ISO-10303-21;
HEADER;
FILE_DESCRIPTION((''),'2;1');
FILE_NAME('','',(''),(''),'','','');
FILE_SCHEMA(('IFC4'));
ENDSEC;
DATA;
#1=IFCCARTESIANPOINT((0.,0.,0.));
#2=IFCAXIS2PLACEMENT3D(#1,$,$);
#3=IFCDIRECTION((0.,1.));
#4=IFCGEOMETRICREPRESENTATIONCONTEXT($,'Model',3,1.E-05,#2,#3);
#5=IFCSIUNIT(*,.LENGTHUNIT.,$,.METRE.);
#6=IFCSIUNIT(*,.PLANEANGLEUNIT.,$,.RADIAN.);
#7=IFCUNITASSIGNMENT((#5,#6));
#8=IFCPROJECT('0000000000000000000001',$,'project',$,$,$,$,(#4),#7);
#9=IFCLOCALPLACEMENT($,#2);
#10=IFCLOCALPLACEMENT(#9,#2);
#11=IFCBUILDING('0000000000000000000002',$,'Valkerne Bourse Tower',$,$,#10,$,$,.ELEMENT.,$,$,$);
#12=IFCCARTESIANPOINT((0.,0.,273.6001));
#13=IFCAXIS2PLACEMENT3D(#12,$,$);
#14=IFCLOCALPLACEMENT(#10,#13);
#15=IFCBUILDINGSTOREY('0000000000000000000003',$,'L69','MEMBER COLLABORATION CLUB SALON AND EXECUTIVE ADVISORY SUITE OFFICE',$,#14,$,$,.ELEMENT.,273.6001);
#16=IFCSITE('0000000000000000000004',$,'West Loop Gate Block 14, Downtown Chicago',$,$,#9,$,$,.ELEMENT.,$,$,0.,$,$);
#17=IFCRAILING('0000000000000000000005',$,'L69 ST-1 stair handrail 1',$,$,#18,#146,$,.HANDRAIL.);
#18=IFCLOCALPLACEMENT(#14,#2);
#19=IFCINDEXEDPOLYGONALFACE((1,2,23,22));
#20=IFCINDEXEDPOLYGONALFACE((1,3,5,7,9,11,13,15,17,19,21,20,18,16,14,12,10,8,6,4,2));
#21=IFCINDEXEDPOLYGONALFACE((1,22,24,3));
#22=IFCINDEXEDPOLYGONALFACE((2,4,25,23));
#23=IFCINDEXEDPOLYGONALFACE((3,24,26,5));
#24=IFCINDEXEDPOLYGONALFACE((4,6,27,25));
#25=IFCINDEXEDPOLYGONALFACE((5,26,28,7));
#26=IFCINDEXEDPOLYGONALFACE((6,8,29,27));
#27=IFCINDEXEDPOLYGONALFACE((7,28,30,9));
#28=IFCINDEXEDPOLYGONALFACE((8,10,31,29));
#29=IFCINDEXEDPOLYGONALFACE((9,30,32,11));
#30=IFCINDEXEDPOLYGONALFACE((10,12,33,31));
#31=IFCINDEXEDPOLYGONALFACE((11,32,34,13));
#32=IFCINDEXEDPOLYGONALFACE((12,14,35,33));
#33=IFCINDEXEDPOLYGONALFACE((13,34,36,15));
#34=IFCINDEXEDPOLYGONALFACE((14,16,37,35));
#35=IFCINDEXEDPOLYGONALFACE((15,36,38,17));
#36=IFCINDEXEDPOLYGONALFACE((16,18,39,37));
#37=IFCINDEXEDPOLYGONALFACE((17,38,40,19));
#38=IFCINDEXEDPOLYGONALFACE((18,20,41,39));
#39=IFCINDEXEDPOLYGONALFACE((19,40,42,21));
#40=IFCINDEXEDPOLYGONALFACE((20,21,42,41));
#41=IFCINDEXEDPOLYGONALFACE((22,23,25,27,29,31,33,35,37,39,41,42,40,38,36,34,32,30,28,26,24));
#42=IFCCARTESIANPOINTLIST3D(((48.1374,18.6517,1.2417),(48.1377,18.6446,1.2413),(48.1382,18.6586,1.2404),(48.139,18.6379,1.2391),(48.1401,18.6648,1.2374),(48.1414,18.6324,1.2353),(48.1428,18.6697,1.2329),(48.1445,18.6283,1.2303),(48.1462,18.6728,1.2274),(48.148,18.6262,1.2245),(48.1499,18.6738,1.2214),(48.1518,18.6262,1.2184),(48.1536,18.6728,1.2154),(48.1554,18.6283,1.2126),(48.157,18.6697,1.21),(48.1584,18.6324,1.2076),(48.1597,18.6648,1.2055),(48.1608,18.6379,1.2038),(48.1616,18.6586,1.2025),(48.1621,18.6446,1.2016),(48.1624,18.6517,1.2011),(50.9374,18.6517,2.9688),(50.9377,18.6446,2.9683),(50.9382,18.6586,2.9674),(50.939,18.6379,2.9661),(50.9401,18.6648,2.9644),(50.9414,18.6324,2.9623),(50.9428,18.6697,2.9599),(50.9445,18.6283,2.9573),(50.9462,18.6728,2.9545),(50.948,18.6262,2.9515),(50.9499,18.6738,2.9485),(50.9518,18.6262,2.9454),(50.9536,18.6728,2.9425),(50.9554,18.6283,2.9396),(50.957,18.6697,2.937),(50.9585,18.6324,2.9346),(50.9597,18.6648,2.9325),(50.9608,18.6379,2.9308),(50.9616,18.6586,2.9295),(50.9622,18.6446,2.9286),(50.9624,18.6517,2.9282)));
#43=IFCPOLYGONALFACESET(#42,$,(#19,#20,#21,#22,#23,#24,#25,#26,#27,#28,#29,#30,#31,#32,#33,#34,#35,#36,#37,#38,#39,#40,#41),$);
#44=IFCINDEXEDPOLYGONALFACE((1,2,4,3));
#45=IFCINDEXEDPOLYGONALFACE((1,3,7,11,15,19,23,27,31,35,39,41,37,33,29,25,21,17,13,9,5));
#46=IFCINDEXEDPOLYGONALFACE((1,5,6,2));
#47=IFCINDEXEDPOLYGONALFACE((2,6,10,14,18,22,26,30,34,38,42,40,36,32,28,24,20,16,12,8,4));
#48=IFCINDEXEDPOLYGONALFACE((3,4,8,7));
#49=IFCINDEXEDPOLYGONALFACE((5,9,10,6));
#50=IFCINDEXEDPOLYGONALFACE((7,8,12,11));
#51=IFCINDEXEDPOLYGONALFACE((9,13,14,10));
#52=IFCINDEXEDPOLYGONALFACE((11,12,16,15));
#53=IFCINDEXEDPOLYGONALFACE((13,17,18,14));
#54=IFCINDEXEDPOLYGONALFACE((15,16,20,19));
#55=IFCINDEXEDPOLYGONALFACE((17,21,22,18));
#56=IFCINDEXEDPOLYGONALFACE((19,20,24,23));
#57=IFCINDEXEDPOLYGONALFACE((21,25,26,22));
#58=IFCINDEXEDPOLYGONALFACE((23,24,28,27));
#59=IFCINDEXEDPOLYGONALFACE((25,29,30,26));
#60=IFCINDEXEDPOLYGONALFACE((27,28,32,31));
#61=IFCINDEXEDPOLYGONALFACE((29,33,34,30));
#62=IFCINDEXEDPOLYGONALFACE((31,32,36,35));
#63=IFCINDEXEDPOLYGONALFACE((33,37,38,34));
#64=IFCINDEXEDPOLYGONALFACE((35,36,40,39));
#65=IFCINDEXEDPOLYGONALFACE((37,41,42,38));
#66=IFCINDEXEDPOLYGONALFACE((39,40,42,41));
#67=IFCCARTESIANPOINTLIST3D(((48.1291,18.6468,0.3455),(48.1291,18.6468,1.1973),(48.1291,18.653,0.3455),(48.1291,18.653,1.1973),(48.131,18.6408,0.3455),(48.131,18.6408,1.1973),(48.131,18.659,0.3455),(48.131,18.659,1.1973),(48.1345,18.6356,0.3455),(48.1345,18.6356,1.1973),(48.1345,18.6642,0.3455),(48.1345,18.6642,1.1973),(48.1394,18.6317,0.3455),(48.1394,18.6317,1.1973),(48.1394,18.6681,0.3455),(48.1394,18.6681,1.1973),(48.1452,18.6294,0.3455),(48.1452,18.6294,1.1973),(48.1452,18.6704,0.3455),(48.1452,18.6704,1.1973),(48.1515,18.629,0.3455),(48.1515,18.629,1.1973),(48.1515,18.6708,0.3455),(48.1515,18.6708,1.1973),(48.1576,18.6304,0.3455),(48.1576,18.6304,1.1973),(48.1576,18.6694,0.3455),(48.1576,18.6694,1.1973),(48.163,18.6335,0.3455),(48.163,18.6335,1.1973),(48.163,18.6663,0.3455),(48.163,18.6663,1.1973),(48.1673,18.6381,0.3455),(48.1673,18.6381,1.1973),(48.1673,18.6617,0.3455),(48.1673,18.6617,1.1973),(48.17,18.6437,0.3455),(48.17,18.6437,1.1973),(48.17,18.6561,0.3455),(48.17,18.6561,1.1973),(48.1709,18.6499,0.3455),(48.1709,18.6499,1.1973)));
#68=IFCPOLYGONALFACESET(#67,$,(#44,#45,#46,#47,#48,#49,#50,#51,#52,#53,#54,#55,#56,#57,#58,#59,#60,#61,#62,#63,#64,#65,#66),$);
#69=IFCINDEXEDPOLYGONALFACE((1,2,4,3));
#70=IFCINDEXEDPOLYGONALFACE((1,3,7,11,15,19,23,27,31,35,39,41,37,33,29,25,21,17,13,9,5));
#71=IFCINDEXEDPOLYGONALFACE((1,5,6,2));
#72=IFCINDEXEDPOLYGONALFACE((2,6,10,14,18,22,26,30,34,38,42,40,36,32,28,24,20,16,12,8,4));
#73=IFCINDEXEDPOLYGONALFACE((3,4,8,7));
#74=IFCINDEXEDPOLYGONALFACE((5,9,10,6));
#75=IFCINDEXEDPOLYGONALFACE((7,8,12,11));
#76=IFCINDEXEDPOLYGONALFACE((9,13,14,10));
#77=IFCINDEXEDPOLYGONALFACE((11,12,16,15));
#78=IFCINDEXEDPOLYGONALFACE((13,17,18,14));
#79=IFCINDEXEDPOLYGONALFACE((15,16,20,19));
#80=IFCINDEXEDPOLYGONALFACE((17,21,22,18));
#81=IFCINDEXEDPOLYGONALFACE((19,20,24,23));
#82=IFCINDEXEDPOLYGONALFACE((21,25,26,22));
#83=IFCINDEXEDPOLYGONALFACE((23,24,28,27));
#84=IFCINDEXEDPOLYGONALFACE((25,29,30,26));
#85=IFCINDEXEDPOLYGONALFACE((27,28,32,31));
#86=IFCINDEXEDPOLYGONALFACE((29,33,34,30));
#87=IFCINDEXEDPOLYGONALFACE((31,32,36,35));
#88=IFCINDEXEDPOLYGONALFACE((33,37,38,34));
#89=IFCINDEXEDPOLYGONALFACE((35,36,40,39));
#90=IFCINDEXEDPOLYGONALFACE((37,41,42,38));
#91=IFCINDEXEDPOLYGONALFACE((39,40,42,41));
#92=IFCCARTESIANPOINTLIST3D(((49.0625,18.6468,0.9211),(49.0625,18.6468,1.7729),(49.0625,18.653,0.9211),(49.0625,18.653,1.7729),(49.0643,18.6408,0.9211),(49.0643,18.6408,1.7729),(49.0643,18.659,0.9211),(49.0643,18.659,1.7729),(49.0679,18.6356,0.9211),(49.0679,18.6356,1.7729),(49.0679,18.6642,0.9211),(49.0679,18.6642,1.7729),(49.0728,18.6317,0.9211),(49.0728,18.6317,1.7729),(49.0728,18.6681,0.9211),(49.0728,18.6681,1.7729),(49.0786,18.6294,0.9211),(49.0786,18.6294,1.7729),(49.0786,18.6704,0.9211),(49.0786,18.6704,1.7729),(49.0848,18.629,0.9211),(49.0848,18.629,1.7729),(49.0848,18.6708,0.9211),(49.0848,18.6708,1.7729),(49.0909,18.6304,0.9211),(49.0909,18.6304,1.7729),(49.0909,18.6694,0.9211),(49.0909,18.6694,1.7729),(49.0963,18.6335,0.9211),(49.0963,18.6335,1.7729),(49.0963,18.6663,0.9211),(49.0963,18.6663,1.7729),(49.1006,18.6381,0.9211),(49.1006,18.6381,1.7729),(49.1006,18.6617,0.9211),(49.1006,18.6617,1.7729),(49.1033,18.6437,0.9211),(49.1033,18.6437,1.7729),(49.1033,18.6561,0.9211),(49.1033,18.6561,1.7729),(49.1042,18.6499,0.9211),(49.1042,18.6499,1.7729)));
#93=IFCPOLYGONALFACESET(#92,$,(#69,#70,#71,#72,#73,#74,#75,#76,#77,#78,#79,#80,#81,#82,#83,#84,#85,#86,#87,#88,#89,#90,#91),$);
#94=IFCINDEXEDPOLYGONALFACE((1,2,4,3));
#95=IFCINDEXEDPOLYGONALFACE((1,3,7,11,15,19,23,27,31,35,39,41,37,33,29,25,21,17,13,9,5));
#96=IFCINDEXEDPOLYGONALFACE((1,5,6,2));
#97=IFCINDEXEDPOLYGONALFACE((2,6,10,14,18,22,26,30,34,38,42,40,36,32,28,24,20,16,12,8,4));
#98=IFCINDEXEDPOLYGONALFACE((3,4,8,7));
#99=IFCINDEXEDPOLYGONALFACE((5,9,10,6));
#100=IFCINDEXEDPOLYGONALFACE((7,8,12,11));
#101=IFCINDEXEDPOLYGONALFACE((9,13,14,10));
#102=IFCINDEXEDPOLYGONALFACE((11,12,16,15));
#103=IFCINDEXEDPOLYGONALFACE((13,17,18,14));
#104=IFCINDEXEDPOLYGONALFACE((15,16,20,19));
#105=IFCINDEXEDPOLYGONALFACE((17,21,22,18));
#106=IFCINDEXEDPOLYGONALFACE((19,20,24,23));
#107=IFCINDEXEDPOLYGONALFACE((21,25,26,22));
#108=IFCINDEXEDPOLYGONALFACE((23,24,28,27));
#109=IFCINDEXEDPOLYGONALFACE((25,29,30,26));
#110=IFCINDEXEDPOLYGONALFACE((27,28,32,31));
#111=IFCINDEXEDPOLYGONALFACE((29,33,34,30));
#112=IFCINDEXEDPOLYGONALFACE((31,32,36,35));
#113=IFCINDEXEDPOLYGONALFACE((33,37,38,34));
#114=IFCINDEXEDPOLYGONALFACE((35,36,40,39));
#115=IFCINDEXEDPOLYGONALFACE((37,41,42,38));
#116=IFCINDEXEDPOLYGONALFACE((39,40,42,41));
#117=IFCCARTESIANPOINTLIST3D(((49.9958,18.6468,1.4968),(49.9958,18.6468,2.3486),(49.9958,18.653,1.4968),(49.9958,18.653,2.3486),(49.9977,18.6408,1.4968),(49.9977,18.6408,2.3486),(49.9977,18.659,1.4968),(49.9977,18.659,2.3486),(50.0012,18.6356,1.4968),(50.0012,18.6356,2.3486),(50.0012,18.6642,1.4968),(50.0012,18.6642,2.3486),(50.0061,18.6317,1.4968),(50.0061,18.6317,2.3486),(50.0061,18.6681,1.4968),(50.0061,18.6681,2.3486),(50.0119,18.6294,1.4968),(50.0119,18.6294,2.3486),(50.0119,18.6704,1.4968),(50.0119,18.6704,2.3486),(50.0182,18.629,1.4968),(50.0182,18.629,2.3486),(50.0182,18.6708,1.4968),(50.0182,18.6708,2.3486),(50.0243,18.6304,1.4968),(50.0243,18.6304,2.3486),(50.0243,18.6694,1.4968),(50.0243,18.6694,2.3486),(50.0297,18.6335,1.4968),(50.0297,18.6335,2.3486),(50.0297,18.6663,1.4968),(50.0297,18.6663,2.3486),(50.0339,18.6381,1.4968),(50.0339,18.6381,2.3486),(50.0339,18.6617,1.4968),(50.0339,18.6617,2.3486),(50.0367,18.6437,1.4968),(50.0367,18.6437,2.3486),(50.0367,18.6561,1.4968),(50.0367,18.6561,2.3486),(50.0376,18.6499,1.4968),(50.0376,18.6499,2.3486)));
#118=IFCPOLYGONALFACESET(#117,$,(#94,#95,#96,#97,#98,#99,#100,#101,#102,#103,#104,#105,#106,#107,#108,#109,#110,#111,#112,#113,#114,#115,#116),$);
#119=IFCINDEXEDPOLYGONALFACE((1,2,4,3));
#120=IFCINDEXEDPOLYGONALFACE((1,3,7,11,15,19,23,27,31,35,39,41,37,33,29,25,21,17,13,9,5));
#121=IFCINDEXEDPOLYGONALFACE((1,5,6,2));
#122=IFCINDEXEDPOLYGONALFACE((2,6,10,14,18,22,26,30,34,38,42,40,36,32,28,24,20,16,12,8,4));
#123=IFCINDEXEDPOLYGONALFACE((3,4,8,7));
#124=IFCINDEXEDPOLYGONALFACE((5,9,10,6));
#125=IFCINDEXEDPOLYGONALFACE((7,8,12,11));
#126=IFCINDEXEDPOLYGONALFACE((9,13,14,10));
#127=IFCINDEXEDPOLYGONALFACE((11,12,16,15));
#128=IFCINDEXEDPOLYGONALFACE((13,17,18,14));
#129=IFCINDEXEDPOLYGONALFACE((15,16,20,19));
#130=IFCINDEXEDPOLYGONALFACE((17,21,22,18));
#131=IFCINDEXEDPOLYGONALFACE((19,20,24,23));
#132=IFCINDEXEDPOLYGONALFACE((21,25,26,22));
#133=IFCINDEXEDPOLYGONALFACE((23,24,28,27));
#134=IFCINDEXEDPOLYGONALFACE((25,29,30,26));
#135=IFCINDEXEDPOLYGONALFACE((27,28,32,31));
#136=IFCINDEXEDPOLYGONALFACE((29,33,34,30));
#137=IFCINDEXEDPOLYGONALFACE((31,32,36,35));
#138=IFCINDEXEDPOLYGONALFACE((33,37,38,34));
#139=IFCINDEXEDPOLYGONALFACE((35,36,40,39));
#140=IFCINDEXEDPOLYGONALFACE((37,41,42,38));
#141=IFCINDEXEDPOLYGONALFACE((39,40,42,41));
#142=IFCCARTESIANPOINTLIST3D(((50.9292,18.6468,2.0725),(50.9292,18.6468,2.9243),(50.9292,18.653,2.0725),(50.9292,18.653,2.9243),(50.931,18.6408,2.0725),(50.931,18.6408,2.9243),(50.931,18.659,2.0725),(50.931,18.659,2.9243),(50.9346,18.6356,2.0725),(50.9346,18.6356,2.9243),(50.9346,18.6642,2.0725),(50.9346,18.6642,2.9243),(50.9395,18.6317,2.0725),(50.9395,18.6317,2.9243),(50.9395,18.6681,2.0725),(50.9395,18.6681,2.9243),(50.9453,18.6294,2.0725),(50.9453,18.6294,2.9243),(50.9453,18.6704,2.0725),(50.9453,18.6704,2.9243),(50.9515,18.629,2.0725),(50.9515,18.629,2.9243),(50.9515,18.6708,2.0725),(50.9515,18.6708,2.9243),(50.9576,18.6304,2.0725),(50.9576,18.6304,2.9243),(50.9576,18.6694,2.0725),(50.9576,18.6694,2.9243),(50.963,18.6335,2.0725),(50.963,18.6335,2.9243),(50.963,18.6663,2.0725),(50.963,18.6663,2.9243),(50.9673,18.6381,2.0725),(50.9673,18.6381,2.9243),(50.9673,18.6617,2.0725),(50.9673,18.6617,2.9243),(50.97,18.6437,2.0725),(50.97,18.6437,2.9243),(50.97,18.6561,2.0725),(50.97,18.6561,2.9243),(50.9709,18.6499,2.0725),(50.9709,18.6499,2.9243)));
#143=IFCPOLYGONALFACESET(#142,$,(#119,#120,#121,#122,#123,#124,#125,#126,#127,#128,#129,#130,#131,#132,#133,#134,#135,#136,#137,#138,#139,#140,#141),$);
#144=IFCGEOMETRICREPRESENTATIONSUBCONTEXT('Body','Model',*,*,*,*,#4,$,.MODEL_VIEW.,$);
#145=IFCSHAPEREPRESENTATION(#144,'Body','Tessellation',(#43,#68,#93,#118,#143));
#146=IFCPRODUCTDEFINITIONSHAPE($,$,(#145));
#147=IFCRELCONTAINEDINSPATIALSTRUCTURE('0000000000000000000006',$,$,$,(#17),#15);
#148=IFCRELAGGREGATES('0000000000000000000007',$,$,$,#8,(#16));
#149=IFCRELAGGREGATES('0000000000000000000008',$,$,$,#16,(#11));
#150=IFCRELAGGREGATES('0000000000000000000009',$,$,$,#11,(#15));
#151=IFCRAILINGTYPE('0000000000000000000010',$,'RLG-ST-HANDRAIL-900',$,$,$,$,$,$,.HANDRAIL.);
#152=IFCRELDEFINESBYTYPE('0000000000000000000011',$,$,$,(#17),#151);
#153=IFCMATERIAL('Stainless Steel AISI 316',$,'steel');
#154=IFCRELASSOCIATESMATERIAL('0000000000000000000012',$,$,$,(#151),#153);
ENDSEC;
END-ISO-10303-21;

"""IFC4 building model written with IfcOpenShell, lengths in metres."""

from ifc_helpers import new_model, si_unit, direction, frame, origin, origin_2d, place, context, subcontext, project, spatial, circle, extrude, material, type_object, element, save


model = new_model("IFC4")

# Units and contexts
model_context = context("Model", 3, precision=1e-05, world=origin(), true_north=direction((0.0, 1.0)))
body_context = subcontext(model_context, "Body", "Model", "MODEL_VIEW")
ifc_project = project(units=[si_unit("LENGTHUNIT", "METRE"), si_unit("PLANEANGLEUNIT", "RADIAN")], contexts=[model_context])

# Site, building, storey
site_placement = place(None, origin())
site = spatial("IfcSite", under=ifc_project, at=site_placement, Name="West Loop Gate Block 14, Downtown Chicago", CompositionType="ELEMENT", RefElevation=0.0)
building_placement = place(site_placement, origin())
building = spatial("IfcBuilding", under=site, at=building_placement, Name="Valkerne Bourse Tower", CompositionType="ELEMENT")
storey_placement = place(building_placement, frame((0.0, 0.0, 273.6001)))
storey = spatial("IfcBuildingStorey", under=building, at=storey_placement, Name="L69", Description="MEMBER COLLABORATION CLUB SALON AND EXECUTIVE ADVISORY SUITE OFFICE", CompositionType="ELEMENT", Elevation=273.6001)

# Shared definitions
ifc_material_1 = material(Name="Stainless Steel AISI 316", Category="steel")

# Railing
railing_type_1 = type_object("IfcRailingType", Name="RLG-ST-HANDRAIL-900", PredefinedType="HANDRAIL", material=ifc_material_1)
railing_1_placement = place(storey_placement, frame((48.1499, 18.6499, 0.3455)))
element("IfcRailing", 1, at=railing_1_placement, inside=storey, type_object=railing_type_1, Name="L69 ST-1 stair handrail 1", PredefinedType="HANDRAIL", context=body_context, shape_type="SweptSolid", body=[
    extrude(circle(Radius=0.0239, at=origin_2d()), frame((0.0, 0.0, 0.876), z_axis=(0.851123, 0.0, 0.524967), x_axis=(0.0, 1.0, 0.0)), (0.0, 0.0, 1.0), 3.2898),
    extrude(circle(Radius=0.021, at=origin_2d()), origin(), (0.0, 0.0, 1.0), 0.8518),
    extrude(circle(Radius=0.021, at=origin_2d()), frame((0.9333, 0.0, 0.5757)), (0.0, 0.0, 1.0), 0.8518),
    extrude(circle(Radius=0.021, at=origin_2d()), frame((1.8667, 0.0, 1.1514)), (0.0, 0.0, 1.0), 0.8518),
    extrude(circle(Radius=0.021, at=origin_2d()), frame((2.8, 0.0, 1.7271)), (0.0, 0.0, 1.0), 0.8518),
])

save(model, "model.ifc")
